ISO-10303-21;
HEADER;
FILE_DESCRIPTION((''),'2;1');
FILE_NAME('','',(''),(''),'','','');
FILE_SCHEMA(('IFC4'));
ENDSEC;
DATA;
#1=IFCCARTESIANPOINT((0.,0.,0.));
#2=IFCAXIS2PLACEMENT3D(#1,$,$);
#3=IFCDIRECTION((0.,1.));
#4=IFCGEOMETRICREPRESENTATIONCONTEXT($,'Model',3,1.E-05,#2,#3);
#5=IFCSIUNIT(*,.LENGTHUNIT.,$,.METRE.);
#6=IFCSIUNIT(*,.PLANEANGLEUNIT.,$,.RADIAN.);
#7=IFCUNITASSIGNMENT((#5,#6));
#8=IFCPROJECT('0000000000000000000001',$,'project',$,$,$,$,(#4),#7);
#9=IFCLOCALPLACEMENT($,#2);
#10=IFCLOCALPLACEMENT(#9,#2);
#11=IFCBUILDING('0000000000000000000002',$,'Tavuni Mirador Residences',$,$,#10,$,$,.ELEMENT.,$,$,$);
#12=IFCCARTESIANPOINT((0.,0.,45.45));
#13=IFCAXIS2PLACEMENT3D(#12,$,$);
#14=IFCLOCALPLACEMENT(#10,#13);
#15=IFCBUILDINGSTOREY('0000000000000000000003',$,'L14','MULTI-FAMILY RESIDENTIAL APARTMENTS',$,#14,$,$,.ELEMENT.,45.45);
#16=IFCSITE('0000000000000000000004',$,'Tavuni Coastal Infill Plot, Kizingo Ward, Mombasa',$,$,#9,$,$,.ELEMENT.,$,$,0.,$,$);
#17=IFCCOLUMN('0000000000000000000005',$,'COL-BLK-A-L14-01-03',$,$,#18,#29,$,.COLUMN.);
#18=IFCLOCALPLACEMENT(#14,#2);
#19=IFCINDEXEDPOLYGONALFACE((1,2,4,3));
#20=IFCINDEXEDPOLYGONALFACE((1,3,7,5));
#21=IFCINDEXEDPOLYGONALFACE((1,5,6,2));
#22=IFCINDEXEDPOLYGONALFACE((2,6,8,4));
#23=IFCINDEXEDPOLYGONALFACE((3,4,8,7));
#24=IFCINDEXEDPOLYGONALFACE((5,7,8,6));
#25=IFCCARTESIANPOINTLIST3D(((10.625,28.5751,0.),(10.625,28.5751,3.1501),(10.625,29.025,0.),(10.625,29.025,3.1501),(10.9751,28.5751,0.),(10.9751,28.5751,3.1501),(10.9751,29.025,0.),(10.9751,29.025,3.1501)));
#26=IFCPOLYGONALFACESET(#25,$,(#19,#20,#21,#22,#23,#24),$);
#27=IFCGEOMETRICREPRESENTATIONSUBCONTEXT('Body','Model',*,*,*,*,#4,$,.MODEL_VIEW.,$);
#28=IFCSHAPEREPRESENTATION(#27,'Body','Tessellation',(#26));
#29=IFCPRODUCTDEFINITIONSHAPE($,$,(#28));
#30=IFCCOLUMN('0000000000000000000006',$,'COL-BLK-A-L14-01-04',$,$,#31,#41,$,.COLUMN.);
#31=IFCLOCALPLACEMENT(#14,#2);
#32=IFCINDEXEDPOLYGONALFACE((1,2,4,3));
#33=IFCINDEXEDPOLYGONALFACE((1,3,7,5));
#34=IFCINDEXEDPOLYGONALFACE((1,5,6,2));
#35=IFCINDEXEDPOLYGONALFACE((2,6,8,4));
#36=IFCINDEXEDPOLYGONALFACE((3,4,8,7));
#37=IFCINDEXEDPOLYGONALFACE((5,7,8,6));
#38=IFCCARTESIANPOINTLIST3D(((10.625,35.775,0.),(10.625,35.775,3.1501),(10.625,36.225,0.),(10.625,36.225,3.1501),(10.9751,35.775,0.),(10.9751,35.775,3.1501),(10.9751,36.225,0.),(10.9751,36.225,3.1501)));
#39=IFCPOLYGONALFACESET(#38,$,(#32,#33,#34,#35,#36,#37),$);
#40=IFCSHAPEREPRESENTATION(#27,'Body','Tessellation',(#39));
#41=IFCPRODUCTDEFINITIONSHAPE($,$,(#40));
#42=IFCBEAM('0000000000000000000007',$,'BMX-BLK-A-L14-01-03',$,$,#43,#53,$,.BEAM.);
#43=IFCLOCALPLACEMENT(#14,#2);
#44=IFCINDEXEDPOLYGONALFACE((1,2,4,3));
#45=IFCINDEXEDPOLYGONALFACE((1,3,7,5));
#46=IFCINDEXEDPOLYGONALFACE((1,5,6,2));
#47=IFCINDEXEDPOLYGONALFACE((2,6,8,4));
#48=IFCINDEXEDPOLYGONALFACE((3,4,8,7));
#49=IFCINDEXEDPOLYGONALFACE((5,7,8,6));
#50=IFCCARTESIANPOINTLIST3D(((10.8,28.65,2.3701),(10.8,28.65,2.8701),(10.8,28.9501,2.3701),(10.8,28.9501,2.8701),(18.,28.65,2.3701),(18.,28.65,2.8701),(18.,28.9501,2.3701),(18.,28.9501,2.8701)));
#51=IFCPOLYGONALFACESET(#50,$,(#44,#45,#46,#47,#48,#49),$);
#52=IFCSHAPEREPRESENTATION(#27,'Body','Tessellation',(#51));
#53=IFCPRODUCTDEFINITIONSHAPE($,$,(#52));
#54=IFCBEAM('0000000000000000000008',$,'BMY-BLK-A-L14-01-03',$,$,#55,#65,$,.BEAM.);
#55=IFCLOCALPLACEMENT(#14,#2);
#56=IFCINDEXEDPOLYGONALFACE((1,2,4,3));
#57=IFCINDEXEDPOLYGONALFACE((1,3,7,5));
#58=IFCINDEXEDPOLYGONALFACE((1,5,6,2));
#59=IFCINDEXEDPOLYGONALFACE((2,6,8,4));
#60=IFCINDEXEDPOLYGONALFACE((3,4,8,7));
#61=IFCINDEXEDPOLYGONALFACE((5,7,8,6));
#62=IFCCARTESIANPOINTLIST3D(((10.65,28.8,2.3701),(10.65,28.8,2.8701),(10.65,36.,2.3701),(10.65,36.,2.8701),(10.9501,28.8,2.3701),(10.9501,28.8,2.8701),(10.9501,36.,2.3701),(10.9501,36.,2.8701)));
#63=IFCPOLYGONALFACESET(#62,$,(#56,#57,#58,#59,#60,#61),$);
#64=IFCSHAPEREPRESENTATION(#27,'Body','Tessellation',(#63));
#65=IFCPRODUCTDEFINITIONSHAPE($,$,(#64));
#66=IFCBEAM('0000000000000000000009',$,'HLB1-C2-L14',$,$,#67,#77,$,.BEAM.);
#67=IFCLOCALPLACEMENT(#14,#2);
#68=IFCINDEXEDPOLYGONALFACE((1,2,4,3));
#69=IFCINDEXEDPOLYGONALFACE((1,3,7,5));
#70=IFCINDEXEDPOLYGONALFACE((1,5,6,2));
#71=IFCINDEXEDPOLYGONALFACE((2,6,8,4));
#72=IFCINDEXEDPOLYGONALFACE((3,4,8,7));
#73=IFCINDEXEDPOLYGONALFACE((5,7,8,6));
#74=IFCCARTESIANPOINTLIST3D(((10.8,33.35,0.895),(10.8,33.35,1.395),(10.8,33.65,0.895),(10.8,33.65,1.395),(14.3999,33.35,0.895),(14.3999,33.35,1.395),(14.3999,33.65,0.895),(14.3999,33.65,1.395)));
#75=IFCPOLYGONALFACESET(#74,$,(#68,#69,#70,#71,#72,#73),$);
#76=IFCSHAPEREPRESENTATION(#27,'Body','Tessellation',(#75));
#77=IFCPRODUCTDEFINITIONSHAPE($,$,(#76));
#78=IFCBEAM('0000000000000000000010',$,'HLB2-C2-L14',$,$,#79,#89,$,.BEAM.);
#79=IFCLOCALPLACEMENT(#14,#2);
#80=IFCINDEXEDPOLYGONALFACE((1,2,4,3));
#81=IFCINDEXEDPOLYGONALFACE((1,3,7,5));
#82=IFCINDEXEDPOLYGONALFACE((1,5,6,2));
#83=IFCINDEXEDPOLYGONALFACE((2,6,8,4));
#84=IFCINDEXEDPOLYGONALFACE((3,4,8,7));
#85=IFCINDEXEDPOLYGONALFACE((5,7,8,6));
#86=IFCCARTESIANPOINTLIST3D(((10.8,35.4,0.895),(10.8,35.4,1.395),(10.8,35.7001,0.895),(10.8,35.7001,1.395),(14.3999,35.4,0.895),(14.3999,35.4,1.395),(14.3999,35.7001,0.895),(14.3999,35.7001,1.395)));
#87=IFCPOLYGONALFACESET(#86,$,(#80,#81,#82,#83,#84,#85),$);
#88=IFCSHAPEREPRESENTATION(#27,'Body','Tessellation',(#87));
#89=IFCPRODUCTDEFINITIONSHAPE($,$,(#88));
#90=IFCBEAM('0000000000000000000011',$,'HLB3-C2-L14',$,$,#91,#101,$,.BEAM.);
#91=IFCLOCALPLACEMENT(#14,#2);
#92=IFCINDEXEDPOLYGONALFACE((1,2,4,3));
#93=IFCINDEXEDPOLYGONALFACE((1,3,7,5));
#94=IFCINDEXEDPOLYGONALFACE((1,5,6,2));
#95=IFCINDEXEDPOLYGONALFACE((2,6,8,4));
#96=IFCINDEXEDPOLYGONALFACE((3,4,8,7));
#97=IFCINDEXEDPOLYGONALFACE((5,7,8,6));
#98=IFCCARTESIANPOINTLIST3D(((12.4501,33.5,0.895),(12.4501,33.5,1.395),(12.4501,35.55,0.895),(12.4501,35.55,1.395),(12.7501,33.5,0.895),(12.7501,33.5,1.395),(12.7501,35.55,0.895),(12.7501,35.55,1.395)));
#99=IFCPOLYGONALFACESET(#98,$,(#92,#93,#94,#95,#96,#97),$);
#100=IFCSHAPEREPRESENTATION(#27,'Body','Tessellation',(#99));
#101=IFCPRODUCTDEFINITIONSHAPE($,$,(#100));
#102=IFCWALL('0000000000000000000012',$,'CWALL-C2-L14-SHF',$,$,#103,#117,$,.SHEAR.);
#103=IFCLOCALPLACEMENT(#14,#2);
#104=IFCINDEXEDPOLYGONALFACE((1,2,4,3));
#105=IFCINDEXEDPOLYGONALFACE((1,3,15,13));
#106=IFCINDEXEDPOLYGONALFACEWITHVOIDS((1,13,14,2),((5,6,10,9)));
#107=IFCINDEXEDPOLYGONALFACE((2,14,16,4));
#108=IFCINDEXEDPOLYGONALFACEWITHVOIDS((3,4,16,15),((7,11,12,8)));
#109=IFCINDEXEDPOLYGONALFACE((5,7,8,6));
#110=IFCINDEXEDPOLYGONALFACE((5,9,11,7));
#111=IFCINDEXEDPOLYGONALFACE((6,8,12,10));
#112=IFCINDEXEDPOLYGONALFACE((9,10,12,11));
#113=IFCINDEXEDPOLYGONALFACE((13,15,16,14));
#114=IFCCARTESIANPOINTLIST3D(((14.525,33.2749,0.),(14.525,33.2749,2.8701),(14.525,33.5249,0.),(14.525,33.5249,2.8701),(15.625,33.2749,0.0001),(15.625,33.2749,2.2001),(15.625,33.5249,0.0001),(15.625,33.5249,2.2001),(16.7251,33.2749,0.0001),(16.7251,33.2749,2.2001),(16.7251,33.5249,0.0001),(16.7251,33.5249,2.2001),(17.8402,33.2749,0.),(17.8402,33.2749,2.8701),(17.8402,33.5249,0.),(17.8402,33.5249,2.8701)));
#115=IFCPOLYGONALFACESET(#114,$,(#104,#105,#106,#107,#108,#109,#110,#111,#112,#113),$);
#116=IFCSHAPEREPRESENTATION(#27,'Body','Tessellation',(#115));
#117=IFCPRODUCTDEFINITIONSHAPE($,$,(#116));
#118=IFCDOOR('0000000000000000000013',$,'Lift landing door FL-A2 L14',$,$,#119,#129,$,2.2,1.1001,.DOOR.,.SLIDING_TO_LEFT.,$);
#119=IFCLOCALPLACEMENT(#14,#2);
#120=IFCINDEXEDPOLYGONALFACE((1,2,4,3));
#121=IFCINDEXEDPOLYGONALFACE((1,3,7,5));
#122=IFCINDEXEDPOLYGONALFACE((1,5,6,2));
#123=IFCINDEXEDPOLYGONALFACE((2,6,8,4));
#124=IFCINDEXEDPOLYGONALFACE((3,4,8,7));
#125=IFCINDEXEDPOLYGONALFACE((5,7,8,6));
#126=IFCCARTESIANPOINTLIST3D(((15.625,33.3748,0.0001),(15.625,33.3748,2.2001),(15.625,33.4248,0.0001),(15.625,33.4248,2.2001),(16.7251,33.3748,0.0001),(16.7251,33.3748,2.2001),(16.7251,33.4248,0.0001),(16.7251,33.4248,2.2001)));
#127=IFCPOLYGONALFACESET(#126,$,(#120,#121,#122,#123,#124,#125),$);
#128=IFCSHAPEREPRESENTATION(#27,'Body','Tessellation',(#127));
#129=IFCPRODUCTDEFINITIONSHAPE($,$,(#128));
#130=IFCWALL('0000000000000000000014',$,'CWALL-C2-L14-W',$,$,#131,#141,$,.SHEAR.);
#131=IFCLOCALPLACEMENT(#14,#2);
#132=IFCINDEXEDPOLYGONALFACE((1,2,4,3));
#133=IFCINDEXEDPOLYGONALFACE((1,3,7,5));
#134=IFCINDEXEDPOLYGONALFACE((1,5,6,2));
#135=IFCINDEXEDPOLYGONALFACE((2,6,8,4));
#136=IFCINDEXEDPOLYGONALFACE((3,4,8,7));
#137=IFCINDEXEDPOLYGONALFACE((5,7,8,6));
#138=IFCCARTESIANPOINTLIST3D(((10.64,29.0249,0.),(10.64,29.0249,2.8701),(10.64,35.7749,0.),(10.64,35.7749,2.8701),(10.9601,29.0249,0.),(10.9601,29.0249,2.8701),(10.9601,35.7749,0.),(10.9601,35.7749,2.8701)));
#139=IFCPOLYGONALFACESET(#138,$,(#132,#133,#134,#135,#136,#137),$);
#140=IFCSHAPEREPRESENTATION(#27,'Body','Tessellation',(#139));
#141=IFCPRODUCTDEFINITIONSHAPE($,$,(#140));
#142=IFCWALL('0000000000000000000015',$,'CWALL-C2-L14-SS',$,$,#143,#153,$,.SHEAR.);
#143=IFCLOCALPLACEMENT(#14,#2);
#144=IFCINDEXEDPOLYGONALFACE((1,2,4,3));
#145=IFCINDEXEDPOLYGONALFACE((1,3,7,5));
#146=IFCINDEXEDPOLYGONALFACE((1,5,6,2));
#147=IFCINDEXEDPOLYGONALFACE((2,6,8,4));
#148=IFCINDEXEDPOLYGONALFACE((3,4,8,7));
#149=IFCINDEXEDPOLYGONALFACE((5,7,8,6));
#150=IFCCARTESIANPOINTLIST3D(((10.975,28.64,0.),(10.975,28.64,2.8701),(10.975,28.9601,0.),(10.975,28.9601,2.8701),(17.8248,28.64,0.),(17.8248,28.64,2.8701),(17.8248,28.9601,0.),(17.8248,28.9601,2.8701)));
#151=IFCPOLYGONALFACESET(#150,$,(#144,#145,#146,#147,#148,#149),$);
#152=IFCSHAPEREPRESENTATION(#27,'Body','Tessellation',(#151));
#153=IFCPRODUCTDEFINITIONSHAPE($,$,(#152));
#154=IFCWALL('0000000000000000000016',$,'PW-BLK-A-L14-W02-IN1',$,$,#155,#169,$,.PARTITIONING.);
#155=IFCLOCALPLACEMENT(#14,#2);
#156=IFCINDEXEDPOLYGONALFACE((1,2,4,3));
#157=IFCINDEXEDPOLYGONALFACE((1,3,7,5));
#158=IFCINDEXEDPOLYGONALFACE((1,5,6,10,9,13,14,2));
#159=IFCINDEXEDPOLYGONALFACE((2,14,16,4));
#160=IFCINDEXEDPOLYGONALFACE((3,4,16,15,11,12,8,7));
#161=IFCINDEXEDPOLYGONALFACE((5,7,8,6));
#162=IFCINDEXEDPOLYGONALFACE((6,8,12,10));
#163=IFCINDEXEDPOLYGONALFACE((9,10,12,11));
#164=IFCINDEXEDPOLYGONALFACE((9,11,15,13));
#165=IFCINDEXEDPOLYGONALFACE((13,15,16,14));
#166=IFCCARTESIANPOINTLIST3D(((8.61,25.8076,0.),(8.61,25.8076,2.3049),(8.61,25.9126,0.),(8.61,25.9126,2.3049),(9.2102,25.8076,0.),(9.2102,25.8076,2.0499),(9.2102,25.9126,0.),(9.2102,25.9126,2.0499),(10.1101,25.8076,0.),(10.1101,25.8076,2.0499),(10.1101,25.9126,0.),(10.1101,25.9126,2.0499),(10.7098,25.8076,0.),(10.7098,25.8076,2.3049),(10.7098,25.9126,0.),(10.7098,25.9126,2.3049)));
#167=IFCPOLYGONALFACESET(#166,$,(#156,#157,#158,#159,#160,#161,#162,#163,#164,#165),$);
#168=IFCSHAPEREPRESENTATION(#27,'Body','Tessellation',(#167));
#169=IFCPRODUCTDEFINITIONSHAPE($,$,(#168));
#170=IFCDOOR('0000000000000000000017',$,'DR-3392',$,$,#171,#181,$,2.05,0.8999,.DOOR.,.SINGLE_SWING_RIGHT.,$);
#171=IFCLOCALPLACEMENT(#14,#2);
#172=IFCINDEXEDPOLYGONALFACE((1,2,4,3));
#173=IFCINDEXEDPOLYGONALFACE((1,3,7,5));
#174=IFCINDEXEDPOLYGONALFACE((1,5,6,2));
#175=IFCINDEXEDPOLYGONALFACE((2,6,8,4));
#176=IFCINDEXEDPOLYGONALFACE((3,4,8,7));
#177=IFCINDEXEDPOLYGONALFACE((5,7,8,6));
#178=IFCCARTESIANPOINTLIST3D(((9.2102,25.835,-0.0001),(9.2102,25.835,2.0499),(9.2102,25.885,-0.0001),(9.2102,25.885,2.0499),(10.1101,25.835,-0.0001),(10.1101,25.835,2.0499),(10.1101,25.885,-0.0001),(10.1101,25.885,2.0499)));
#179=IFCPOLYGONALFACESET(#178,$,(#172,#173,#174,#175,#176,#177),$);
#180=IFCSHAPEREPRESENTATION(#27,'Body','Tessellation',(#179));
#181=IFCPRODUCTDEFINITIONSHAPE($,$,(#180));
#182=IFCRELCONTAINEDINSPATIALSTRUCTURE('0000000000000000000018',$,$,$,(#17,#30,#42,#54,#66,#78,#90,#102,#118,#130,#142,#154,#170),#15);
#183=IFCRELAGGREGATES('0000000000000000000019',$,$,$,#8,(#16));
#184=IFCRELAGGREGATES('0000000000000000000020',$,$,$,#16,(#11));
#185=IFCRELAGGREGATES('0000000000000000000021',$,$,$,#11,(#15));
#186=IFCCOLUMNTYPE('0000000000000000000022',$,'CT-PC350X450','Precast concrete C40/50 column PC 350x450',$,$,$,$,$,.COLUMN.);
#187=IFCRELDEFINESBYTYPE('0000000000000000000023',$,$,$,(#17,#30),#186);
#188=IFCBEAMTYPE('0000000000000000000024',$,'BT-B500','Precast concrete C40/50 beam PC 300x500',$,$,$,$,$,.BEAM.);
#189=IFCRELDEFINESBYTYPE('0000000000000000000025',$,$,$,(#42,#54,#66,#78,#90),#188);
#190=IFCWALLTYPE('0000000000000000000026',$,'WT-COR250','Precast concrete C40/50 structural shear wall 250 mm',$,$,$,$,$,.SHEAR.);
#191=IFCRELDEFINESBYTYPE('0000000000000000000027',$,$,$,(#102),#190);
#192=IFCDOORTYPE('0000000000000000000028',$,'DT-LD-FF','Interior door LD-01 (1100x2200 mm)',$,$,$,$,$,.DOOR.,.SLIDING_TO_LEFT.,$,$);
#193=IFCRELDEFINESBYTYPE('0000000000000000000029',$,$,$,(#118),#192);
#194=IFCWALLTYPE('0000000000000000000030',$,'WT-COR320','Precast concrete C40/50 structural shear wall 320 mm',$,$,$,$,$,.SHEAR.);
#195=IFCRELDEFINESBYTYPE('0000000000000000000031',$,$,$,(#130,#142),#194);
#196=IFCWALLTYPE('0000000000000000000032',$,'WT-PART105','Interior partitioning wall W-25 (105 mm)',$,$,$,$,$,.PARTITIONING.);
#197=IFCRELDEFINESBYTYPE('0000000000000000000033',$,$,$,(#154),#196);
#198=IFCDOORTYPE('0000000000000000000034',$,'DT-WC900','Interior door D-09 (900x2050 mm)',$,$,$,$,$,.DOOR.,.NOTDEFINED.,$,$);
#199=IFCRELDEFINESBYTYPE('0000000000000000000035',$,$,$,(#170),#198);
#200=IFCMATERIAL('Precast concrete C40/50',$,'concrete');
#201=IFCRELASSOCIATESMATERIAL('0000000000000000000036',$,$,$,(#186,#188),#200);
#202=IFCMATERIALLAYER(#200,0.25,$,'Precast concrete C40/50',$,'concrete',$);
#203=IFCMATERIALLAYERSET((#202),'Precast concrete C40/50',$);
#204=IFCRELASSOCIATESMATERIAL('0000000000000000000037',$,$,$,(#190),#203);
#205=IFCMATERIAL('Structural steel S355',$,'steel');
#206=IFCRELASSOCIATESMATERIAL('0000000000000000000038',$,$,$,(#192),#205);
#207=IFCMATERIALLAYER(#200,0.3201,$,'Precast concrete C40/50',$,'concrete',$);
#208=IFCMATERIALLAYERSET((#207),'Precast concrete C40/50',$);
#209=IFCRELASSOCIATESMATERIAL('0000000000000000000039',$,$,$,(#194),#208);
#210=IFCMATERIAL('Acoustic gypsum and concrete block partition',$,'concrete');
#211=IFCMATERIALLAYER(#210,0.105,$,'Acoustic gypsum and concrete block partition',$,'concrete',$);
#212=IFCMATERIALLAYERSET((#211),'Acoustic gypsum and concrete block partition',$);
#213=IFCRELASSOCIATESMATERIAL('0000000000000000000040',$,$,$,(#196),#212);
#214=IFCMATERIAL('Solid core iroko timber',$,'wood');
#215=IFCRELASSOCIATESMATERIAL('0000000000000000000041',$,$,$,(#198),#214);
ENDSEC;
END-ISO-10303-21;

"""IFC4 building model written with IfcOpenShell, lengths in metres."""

from ifc_helpers import new_model, si_unit, direction, frame, frame_2d, origin, origin_2d, place, context, subcontext, project, spatial, rectangle, extrude, material, layer, layer_set, material_profile, profile_set, type_object, element, fill, save


model = new_model("IFC4")

# Units and contexts
model_context = context("Model", 3, precision=1e-05, world=origin(), true_north=direction((0.0, 1.0)))
body_context = subcontext(model_context, "Body", "Model", "MODEL_VIEW")
ifc_project = project(units=[si_unit("LENGTHUNIT", "METRE"), si_unit("PLANEANGLEUNIT", "RADIAN")], contexts=[model_context])

# Site, building, storey
site_placement = place(None, origin())
site = spatial("IfcSite", under=ifc_project, at=site_placement, Name="Tavuni Coastal Infill Plot, Kizingo Ward, Mombasa", CompositionType="ELEMENT", RefElevation=0.0)
building_placement = place(site_placement, origin())
building = spatial("IfcBuilding", under=site, at=building_placement, Name="Tavuni Mirador Residences", CompositionType="ELEMENT")
storey_placement = place(building_placement, frame((0.0, 0.0, 45.45)))
storey = spatial("IfcBuildingStorey", under=building, at=storey_placement, Name="L14", Description="MULTI-FAMILY RESIDENTIAL APARTMENTS", CompositionType="ELEMENT", Elevation=45.45)

# Columns
ifc_material_1 = material(Name="Precast concrete C40/50", Category="concrete")
ifc_material_profile_1 = material_profile(ifc_material_1, rectangle(XDim=0.3501, YDim=0.45, at=origin_2d()), Name="PC 350x450", Category="concrete")
ifc_profile_set_1 = profile_set([ifc_material_profile_1], Name="Precast concrete C40/50")
column_type = type_object("IfcColumnType", Name="CT-PC350X450", Description="Precast concrete C40/50 column PC 350x450", PredefinedType="COLUMN", material=ifc_profile_set_1)
for number, where, z_axis, x_axis, name in (
    (1, (10.8, 28.8, 0.0), (0.0, 0.0, 1.0), (1.0, 0.0, 0.0), "COL-BLK-A-L14-01-03"),
    (2, (10.8, 36.0, 0.0), (0.0, 0.0, 1.0), (1.0, 0.0, 0.0), "COL-BLK-A-L14-01-04"),
):
    element("IfcColumn", number, at=place(storey_placement, frame(where, z_axis=z_axis, x_axis=x_axis)), inside=storey, type_object=column_type, Name=name, PredefinedType="COLUMN", context=body_context, shape_type="SweptSolid", body=[
        extrude(rectangle(XDim=0.3501, YDim=0.45, at=origin_2d()), origin(), (0.0, 0.0, 1.0), 3.1501),
    ])

# Beams
ifc_material_profile_2 = material_profile(ifc_material_1, rectangle(XDim=0.3, YDim=0.5, at=origin_2d()), Name="PC 300x500", Category="concrete")
ifc_profile_set_2 = profile_set([ifc_material_profile_2], Name="Precast concrete C40/50")
beam_type = type_object("IfcBeamType", Name="BT-B500", Description="Precast concrete C40/50 beam PC 300x500", PredefinedType="BEAM", material=ifc_profile_set_2)
for number, where, z_axis, x_axis, name in (
    (3, (10.8, 28.8, 2.6201), (1.0, 0.0, 0.0), (0.0, 1.0, 0.0), "BMX-BLK-A-L14-01-03"),
    (4, (10.8, 28.8, 2.6201), (0.0, 1.0, 0.0), (-1.0, 0.0, 0.0), "BMY-BLK-A-L14-01-03"),
):
    element("IfcBeam", number, at=place(storey_placement, frame(where, z_axis=z_axis, x_axis=x_axis)), inside=storey, type_object=beam_type, Name=name, PredefinedType="BEAM", context=body_context, shape_type="SweptSolid", body=[
        extrude(rectangle(XDim=0.3, YDim=0.5, at=origin_2d()), origin(), (0.0, 0.0, 1.0), 7.2),
    ])
for number, where, z_axis, x_axis, name in (
    (5, (10.8, 33.5, 1.145), (1.0, 0.0, 0.0), (0.0, 1.0, 0.0), "HLB1-C2-L14"),
    (6, (10.8, 35.55, 1.145), (1.0, 0.0, 0.0), (0.0, 1.0, 0.0), "HLB2-C2-L14"),
):
    element("IfcBeam", number, at=place(storey_placement, frame(where, z_axis=z_axis, x_axis=x_axis)), inside=storey, type_object=beam_type, Name=name, PredefinedType="BEAM", context=body_context, shape_type="SweptSolid", body=[
        extrude(rectangle(XDim=0.3, YDim=0.5, at=origin_2d()), origin(), (0.0, 0.0, 1.0), 3.5999),
    ])
beam_placement = place(storey_placement, frame((12.6001, 33.5, 1.145), z_axis=(0.0, 1.0, 0.0), x_axis=(-1.0, 0.0, 0.0)))
element("IfcBeam", 7, at=beam_placement, inside=storey, type_object=beam_type, Name="HLB3-C2-L14", PredefinedType="BEAM", context=body_context, shape_type="SweptSolid", body=[
    extrude(rectangle(XDim=0.3, YDim=0.5, at=origin_2d()), origin(), (0.0, 0.0, 1.0), 2.05),
])

# Wall, opening, door
ifc_layer_1 = layer(ifc_material_1, 0.25, Name="Precast concrete C40/50", Category="concrete")
ifc_layer_set_1 = layer_set([ifc_layer_1], Name="Precast concrete C40/50")
wall_type_1 = type_object("IfcWallType", Name="WT-COR250", Description="Precast concrete C40/50 structural shear wall 250 mm", PredefinedType="SHEAR", material=ifc_layer_set_1)
ifc_material_2 = material(Name="Solid core iroko timber", Category="wood")
wall_1_placement = place(storey_placement, frame((14.5249, 33.3999, 0.0), z_axis=(0.0, 0.0, 1.0), x_axis=(1.0, 0.0, 0.0)))
wall_1 = element("IfcWall", 8, at=wall_1_placement, inside=storey, type_object=wall_type_1, Name="CWALL-C2-L14-SHF", PredefinedType="SHEAR", context=body_context, shape_type="SweptSolid", body=[
    extrude(rectangle(XDim=3.3152, YDim=0.25, at=frame_2d((1.6577, 0.0))), origin(), (0.0, 0.0, 1.0), 2.8701),
])
opening_1_placement = place(wall_1_placement, frame((1.1001, 0.0, 0.0)))
opening_1 = element("IfcOpeningElement", 9, at=opening_1_placement, cuts=wall_1, PredefinedType="OPENING", context=body_context, shape_type="SweptSolid", body=[
    extrude(rectangle(XDim=1.1001, YDim=2.2, at=frame_2d((0.55, 1.1001))), frame((0.0, 0.135, 0.0), z_axis=(0.0, -1.0, 0.0), x_axis=(1.0, 0.0, 0.0)), (0.0, 0.0, 1.0), 0.27),
])
ifc_material_3 = material(Name="Structural steel S355", Category="steel")
door_type_1 = type_object("IfcDoorType", Name="DT-LD-FF", Description="Interior door LD-01 (1100x2200 mm)", OperationType="SLIDING_TO_LEFT", PredefinedType="DOOR", material=ifc_material_3)
door_1_placement = place(opening_1_placement, origin())
door_1 = element("IfcDoor", 10, at=door_1_placement, inside=storey, type_object=door_type_1, Name="Lift landing door FL-A2 L14", OperationType="SLIDING_TO_LEFT", OverallHeight=2.2, OverallWidth=1.1001, PredefinedType="DOOR", context=body_context, shape_type="SweptSolid", body=[
    extrude(rectangle(XDim=1.1001, YDim=2.2, at=frame_2d((0.55, 1.1001))), frame((0.0, 0.0249, 0.0), z_axis=(0.0, -1.0, 0.0), x_axis=(1.0, 0.0, 0.0)), (0.0, 0.0, 1.0), 0.05),
])
fill(opening_1, door_1)

# Walls
ifc_layer_2 = layer(ifc_material_1, 0.3201, Name="Precast concrete C40/50", Category="concrete")
ifc_layer_set_2 = layer_set([ifc_layer_2], Name="Precast concrete C40/50")
wall_type_2 = type_object("IfcWallType", Name="WT-COR320", Description="Precast concrete C40/50 structural shear wall 320 mm", PredefinedType="SHEAR", material=ifc_layer_set_2)
wall_2_placement = place(storey_placement, frame((10.8, 29.0249, 0.0), z_axis=(0.0, 0.0, 1.0), x_axis=(0.0, 1.0, 0.0)))
element("IfcWall", 11, at=wall_2_placement, inside=storey, type_object=wall_type_2, Name="CWALL-C2-L14-W", PredefinedType="SHEAR", context=body_context, shape_type="SweptSolid", body=[
    extrude(rectangle(XDim=6.75, YDim=0.3201, at=frame_2d((3.375, 0.0))), origin(), (0.0, 0.0, 1.0), 2.8701),
])
wall_3_placement = place(storey_placement, frame((10.9751, 28.8, 0.0), z_axis=(0.0, 0.0, 1.0), x_axis=(1.0, 0.0, 0.0)))
element("IfcWall", 12, at=wall_3_placement, inside=storey, type_object=wall_type_2, Name="CWALL-C2-L14-SS", PredefinedType="SHEAR", context=body_context, shape_type="SweptSolid", body=[
    extrude(rectangle(XDim=6.8499, YDim=0.3201, at=frame_2d((3.4248, 0.0))), origin(), (0.0, 0.0, 1.0), 2.8701),
])

# Wall, opening, door
ifc_material_4 = material(Name="Acoustic gypsum and concrete block partition", Category="concrete")
ifc_layer_3 = layer(ifc_material_4, 0.105, Name="Acoustic gypsum and concrete block partition", Category="concrete")
ifc_layer_set_3 = layer_set([ifc_layer_3], Name="Acoustic gypsum and concrete block partition")
wall_type_3 = type_object("IfcWallType", Name="WT-PART105", Description="Interior partitioning wall W-25 (105 mm)", PredefinedType="PARTITIONING", material=ifc_layer_set_3)
wall_4_placement = place(storey_placement, frame((8.6101, 25.8601, 0.0), z_axis=(0.0, 0.0, 1.0), x_axis=(1.0, 0.0, 0.0)))
wall_4 = element("IfcWall", 13, at=wall_4_placement, inside=storey, type_object=wall_type_3, Name="PW-BLK-A-L14-W02-IN1", PredefinedType="PARTITIONING", context=body_context, shape_type="SweptSolid", body=[
    extrude(rectangle(XDim=2.0999, YDim=0.105, at=frame_2d((1.0498, 0.0))), origin(), (0.0, 0.0, 1.0), 2.3049),
])
opening_2_placement = place(wall_4_placement, frame((0.6001, 0.0, 0.0)))
opening_2 = element("IfcOpeningElement", 14, at=opening_2_placement, cuts=wall_4, PredefinedType="OPENING", context=body_context, shape_type="SweptSolid", body=[
    extrude(rectangle(XDim=0.8999, YDim=2.05, at=frame_2d((0.45, 1.0249))), frame((0.0, 0.0625, 0.0), z_axis=(0.0, -1.0, 0.0), x_axis=(1.0, 0.0, 0.0)), (0.0, 0.0, 1.0), 0.125),
])
door_type_2 = type_object("IfcDoorType", Name="DT-WC900", Description="Interior door D-09 (900x2050 mm)", OperationType="NOTDEFINED", PredefinedType="DOOR", material=ifc_material_2)
door_2_placement = place(opening_2_placement, origin())
door_2 = element("IfcDoor", 15, at=door_2_placement, inside=storey, type_object=door_type_2, Name="DR-3392", OperationType="SINGLE_SWING_RIGHT", OverallHeight=2.05, OverallWidth=0.8999, PredefinedType="DOOR", context=body_context, shape_type="SweptSolid", body=[
    extrude(rectangle(XDim=0.8999, YDim=2.05, at=frame_2d((0.45, 1.0249))), frame((0.0, 0.0249, 0.0), z_axis=(0.0, -1.0, 0.0), x_axis=(1.0, 0.0, 0.0)), (0.0, 0.0, 1.0), 0.05),
])
fill(opening_2, door_2)

save(model, "model.ifc")
